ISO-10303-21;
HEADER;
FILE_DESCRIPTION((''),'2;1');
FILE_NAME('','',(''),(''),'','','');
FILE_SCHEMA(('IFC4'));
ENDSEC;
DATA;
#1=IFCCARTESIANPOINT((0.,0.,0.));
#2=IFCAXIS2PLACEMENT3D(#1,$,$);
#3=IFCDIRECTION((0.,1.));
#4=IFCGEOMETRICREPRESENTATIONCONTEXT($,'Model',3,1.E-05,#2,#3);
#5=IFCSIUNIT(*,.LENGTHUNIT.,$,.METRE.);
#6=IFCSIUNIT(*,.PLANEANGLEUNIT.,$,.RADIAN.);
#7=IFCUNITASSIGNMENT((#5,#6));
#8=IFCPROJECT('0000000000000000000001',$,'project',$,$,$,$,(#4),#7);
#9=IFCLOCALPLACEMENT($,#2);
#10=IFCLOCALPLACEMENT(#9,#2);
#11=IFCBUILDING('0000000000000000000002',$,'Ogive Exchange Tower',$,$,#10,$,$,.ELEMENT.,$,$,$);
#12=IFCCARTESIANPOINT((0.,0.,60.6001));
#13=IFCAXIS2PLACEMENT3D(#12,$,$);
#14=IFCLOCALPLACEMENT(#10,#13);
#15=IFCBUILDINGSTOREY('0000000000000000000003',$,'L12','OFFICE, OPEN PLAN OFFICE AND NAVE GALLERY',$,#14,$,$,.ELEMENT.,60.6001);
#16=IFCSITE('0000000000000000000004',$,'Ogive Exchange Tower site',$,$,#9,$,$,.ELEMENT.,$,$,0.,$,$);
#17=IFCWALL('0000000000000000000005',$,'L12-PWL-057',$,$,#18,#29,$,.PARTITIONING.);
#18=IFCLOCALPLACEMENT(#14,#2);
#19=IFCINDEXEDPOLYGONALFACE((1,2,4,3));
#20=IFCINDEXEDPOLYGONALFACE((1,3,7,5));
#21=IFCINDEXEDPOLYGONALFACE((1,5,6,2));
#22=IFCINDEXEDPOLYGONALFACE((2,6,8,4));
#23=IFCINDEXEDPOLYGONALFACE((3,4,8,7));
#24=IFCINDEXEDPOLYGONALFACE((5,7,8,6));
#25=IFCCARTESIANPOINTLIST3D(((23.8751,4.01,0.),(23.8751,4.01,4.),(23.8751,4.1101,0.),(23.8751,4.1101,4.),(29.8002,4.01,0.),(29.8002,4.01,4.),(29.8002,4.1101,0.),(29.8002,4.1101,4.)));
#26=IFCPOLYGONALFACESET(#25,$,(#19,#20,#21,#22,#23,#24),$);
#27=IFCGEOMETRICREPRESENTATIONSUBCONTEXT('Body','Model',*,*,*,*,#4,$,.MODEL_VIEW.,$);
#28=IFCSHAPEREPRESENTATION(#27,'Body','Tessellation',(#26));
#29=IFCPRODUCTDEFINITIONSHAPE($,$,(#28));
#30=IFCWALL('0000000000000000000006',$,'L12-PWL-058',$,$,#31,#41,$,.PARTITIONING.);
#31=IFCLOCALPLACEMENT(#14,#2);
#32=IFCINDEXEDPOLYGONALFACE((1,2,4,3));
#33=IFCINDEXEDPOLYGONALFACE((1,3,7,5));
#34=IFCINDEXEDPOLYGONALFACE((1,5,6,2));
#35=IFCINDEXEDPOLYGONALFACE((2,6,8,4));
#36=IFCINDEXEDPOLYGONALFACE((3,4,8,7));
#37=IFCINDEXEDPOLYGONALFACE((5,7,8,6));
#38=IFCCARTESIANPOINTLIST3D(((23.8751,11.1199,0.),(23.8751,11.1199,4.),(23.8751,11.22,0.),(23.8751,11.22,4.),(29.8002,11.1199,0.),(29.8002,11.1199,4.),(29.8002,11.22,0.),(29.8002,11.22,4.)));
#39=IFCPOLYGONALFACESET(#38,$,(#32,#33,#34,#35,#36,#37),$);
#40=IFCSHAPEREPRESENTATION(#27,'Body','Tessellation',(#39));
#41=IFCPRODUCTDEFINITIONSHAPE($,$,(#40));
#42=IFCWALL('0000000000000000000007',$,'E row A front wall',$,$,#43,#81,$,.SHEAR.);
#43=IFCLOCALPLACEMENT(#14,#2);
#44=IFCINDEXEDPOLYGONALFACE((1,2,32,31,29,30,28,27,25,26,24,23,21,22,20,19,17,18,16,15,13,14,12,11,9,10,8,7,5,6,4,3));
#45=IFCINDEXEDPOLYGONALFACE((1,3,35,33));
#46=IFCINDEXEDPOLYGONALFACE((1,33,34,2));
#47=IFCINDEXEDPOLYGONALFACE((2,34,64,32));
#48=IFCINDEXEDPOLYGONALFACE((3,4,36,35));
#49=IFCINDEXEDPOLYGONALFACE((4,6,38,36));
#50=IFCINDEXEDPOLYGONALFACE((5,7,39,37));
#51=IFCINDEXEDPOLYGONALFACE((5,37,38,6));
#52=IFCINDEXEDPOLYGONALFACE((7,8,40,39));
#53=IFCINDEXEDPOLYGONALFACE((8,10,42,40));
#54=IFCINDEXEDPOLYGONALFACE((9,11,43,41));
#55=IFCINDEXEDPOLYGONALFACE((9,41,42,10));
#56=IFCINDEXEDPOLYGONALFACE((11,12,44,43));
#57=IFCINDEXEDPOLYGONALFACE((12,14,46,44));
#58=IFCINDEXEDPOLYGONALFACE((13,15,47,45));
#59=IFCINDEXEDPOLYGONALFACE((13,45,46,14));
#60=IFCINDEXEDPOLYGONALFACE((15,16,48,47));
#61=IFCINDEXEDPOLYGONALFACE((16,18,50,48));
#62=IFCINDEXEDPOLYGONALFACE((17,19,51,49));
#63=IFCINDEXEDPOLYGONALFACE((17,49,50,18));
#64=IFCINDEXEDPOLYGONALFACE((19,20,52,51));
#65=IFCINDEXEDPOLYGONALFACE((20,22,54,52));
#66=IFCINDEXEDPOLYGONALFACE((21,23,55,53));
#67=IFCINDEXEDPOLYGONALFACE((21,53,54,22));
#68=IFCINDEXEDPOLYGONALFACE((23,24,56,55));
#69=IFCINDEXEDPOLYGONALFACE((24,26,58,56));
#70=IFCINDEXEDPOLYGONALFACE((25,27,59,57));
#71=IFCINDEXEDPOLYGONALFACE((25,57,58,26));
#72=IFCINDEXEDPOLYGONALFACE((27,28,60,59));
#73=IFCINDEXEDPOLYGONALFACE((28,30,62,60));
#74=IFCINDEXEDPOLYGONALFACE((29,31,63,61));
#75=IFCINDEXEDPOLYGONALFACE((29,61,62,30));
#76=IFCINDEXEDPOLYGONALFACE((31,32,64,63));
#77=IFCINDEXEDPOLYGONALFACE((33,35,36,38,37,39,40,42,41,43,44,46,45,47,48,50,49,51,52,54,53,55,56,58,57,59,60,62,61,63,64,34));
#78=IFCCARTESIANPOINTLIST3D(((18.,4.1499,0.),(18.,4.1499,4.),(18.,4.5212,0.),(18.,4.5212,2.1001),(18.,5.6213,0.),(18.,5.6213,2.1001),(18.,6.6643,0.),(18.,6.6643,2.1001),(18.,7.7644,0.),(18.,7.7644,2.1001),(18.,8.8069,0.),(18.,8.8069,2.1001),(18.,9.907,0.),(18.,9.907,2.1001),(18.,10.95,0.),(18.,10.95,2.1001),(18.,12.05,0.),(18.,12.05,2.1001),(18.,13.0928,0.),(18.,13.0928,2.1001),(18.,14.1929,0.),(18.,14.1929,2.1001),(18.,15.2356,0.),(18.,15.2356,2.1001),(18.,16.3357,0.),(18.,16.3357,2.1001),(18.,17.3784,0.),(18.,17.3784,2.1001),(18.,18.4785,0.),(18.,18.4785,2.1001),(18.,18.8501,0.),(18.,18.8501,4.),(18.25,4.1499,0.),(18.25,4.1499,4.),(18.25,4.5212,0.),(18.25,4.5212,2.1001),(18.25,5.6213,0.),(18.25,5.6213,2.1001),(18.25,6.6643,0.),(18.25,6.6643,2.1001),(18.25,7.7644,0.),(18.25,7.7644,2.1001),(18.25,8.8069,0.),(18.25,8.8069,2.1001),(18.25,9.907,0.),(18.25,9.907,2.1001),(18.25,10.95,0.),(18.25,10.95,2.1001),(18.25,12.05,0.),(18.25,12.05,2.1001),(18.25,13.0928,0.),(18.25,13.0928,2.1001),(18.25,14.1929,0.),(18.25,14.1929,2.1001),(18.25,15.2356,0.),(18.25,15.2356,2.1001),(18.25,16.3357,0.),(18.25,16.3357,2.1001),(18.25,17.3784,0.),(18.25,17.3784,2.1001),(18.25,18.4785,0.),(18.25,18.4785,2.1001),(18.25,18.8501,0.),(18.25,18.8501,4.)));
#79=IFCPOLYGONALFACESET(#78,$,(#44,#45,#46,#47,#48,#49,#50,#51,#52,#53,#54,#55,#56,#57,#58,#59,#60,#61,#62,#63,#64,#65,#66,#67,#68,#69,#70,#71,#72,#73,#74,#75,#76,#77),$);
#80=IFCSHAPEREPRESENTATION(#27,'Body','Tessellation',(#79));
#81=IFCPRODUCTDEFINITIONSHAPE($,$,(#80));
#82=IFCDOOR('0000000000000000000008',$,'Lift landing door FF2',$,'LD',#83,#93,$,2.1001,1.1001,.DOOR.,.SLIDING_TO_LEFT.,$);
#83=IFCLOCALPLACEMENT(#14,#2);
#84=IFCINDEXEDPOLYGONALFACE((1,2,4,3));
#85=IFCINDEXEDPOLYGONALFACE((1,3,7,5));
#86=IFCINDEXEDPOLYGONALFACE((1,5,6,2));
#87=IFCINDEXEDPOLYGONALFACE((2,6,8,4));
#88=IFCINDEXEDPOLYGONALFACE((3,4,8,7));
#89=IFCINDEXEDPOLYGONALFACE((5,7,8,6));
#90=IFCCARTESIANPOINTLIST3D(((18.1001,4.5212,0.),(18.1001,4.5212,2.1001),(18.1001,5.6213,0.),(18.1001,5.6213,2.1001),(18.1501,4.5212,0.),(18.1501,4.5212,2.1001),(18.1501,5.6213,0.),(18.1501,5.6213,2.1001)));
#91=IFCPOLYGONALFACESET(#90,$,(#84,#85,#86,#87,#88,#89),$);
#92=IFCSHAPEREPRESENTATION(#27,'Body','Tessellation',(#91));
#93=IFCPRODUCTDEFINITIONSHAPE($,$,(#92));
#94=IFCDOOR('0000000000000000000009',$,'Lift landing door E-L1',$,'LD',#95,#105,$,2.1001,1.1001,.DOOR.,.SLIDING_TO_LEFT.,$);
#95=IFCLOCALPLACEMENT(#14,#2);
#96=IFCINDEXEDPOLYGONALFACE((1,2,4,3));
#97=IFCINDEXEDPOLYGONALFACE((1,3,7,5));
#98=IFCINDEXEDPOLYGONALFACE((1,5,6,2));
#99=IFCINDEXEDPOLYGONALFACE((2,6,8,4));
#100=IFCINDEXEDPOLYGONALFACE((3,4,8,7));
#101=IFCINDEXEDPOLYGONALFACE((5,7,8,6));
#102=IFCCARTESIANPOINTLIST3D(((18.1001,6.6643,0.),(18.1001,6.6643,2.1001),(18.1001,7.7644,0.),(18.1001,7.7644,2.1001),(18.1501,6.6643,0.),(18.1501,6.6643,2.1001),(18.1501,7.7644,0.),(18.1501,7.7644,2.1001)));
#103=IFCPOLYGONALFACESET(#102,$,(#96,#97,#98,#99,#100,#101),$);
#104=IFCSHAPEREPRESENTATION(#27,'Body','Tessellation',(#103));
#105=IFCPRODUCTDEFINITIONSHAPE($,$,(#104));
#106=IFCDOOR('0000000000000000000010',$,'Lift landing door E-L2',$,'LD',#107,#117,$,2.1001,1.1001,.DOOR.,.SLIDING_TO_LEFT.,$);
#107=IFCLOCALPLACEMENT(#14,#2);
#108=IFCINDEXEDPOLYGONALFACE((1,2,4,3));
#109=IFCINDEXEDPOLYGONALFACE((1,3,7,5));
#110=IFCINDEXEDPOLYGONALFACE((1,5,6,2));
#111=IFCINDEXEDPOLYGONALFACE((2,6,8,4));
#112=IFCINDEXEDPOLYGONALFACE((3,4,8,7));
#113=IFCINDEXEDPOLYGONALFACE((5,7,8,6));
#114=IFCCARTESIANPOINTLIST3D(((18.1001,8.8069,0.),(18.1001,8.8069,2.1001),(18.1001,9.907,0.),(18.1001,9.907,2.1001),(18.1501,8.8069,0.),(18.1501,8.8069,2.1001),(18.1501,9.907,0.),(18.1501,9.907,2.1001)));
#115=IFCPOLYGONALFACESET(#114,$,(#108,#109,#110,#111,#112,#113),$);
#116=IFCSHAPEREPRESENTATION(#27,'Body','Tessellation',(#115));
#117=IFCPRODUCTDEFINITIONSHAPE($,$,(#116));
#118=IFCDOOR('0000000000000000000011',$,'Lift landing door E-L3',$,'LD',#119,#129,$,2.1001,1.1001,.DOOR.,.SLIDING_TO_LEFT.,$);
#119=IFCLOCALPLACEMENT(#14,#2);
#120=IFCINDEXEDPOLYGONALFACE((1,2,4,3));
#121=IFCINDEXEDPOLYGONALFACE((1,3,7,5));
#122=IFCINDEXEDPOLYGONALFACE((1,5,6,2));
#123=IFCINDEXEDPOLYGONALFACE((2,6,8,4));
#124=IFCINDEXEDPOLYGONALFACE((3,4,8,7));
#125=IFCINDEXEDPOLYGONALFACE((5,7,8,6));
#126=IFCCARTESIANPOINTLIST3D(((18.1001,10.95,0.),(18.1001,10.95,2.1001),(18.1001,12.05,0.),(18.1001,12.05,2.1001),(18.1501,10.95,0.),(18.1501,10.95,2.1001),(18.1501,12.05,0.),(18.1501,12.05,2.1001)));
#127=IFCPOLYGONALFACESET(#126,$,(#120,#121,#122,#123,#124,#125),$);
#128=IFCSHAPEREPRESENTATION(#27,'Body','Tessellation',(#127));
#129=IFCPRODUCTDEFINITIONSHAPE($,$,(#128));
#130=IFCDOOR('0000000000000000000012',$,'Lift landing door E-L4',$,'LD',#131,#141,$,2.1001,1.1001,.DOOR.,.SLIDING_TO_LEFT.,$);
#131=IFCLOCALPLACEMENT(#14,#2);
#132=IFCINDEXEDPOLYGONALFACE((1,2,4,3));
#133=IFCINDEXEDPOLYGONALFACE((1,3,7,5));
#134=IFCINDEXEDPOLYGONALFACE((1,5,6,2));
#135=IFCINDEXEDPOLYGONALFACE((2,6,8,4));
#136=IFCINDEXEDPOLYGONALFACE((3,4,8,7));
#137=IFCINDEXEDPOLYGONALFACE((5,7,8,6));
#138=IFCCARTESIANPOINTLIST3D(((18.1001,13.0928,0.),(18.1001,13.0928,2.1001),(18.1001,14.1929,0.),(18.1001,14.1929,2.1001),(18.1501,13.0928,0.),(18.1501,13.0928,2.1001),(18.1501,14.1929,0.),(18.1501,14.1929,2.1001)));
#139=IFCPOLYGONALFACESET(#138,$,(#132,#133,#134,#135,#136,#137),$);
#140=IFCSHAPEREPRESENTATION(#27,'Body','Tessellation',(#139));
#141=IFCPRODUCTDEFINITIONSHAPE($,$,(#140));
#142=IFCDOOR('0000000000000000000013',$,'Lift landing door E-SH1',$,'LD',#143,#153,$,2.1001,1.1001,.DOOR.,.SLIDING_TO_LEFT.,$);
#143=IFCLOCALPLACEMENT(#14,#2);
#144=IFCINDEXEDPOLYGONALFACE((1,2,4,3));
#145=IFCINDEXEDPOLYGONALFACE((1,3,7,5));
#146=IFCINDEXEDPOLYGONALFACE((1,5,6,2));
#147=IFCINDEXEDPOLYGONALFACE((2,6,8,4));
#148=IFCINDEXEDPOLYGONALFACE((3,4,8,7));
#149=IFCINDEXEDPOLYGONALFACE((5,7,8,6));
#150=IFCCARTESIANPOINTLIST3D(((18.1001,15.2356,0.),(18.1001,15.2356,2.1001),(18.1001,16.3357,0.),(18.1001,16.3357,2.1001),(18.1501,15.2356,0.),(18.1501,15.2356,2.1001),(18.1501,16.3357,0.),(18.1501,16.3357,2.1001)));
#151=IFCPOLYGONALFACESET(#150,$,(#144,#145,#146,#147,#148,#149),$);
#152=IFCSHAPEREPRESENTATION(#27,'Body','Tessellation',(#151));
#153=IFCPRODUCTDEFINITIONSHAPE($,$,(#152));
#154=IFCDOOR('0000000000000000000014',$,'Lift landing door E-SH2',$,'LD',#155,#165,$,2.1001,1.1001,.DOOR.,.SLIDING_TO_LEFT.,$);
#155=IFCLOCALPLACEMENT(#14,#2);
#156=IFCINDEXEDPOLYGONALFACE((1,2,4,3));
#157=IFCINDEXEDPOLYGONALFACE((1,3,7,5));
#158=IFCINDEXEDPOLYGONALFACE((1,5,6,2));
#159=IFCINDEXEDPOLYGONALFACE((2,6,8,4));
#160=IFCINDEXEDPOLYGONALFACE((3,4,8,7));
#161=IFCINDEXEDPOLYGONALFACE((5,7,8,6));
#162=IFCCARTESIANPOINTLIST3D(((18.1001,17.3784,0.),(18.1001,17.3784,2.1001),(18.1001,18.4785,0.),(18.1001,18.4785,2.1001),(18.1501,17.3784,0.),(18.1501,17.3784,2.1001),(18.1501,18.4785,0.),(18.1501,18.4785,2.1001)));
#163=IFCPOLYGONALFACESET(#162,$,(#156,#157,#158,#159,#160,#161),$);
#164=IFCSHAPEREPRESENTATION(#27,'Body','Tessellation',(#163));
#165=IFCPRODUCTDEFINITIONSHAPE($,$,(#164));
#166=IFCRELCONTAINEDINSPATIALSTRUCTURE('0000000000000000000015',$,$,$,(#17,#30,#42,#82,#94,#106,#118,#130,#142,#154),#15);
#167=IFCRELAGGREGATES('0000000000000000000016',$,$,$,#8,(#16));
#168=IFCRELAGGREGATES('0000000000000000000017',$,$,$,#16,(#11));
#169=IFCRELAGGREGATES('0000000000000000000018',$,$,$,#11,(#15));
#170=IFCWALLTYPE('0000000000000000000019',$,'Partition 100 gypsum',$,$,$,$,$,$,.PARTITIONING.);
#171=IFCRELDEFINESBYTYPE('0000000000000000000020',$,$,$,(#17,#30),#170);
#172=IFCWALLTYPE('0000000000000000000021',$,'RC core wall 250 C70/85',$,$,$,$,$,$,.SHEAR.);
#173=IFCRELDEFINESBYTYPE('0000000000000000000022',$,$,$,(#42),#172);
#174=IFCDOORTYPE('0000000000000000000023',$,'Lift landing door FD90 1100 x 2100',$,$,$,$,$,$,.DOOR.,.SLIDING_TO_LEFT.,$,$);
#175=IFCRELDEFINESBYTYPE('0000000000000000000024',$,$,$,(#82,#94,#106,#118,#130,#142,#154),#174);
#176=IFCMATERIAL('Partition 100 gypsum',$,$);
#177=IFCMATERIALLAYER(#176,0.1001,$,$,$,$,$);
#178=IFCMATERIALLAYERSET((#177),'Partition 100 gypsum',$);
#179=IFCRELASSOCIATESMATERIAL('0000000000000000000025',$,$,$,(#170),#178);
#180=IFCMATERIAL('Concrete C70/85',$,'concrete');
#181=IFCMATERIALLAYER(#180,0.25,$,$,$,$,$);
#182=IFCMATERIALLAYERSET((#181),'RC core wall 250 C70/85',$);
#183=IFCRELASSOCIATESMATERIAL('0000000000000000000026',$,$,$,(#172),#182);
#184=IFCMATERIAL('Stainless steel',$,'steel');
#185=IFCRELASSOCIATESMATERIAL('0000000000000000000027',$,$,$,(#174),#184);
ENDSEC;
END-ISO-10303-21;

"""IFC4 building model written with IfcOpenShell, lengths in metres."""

from ifc_helpers import new_model, si_unit, direction, frame, frame_2d, origin, place, context, subcontext, project, spatial, rectangle, extrude, material, layer, layer_set, type_object, element, fill, save


model = new_model("IFC4")

# Units and contexts
model_context = context("Model", 3, precision=1e-05, world=origin(), true_north=direction((0.0, 1.0)))
body_context = subcontext(model_context, "Body", "Model", "MODEL_VIEW")
ifc_project = project(units=[si_unit("LENGTHUNIT", "METRE"), si_unit("PLANEANGLEUNIT", "RADIAN")], contexts=[model_context])

# Site, building, storey
site_placement = place(None, origin())
site = spatial("IfcSite", under=ifc_project, at=site_placement, Name="Ogive Exchange Tower site", CompositionType="ELEMENT", RefElevation=0.0)
building_placement = place(site_placement, origin())
building = spatial("IfcBuilding", under=site, at=building_placement, Name="Ogive Exchange Tower", CompositionType="ELEMENT")
storey_placement = place(building_placement, frame((0.0, 0.0, 60.6001)))
storey = spatial("IfcBuildingStorey", under=building, at=storey_placement, Name="L12", Description="OFFICE, OPEN PLAN OFFICE AND NAVE GALLERY", CompositionType="ELEMENT", Elevation=60.6001)

# Walls
ifc_material_1 = material(Name="Partition 100 gypsum")
ifc_layer_1 = layer(ifc_material_1, 0.1001)
ifc_layer_set_1 = layer_set([ifc_layer_1], Name="Partition 100 gypsum")
wall_type_1 = type_object("IfcWallType", Name="Partition 100 gypsum", PredefinedType="PARTITIONING", material=ifc_layer_set_1)
for number, where, z_axis, x_axis, name in (
    (1, (29.8, 4.0601, 0.0), (0.0, 0.0, 1.0), (-1.0, 0.0, 0.0), "L12-PWL-057"),
    (2, (29.8, 11.1699, 0.0), (0.0, 0.0, 1.0), (-1.0, 0.0, 0.0), "L12-PWL-058"),
):
    element("IfcWall", number, at=place(storey_placement, frame(where, z_axis=z_axis, x_axis=x_axis)), inside=storey, type_object=wall_type_1, Name=name, PredefinedType="PARTITIONING", context=body_context, shape_type="SweptSolid", body=[
        extrude(rectangle(XDim=5.925, YDim=0.1001, at=frame_2d((2.9624, 0.0))), origin(), (0.0, 0.0, 1.0), 4.0),
    ])

# Wall, openings, doors
ifc_material_2 = material(Name="Concrete C70/85", Category="concrete")
ifc_layer_2 = layer(ifc_material_2, 0.25)
ifc_layer_set_2 = layer_set([ifc_layer_2], Name="RC core wall 250 C70/85")
wall_type_2 = type_object("IfcWallType", Name="RC core wall 250 C70/85", PredefinedType="SHEAR", material=ifc_layer_set_2)
wall_1_placement = place(storey_placement, frame((18.125, 4.1499, 0.0), z_axis=(0.0, 0.0, 1.0), x_axis=(0.0, 1.0, 0.0)))
wall_1 = element("IfcWall", 3, at=wall_1_placement, inside=storey, type_object=wall_type_2, Name="E row A front wall", PredefinedType="SHEAR", context=body_context, shape_type="SweptSolid", body=[
    extrude(rectangle(XDim=14.7002, YDim=0.25, at=frame_2d((7.3501, 0.0))), origin(), (0.0, 0.0, 1.0), 4.0),
])
opening_1_placement = place(wall_1_placement, frame((0.3713, 0.0, 0.0)))
opening_1 = element("IfcOpeningElement", 4, at=opening_1_placement, cuts=wall_1, PredefinedType="OPENING", context=body_context, shape_type="SweptSolid", body=[
    extrude(rectangle(XDim=1.1001, YDim=2.1001, at=frame_2d((0.55, 1.05))), frame((0.0, 0.135, 0.0), z_axis=(0.0, -1.0, 0.0), x_axis=(1.0, 0.0, 0.0)), (0.0, 0.0, 1.0), 0.27),
])
opening_2_placement = place(wall_1_placement, frame((2.5144, 0.0, 0.0)))
opening_2 = element("IfcOpeningElement", 5, at=opening_2_placement, cuts=wall_1, PredefinedType="OPENING", context=body_context, shape_type="SweptSolid", body=[
    extrude(rectangle(XDim=1.1001, YDim=2.1001, at=frame_2d((0.55, 1.05))), frame((0.0, 0.135, 0.0), z_axis=(0.0, -1.0, 0.0), x_axis=(1.0, 0.0, 0.0)), (0.0, 0.0, 1.0), 0.27),
])
opening_3_placement = place(wall_1_placement, frame((4.657, 0.0, 0.0)))
opening_3 = element("IfcOpeningElement", 6, at=opening_3_placement, cuts=wall_1, PredefinedType="OPENING", context=body_context, shape_type="SweptSolid", body=[
    extrude(rectangle(XDim=1.1001, YDim=2.1001, at=frame_2d((0.55, 1.05))), frame((0.0, 0.135, 0.0), z_axis=(0.0, -1.0, 0.0), x_axis=(1.0, 0.0, 0.0)), (0.0, 0.0, 1.0), 0.27),
])
opening_4_placement = place(wall_1_placement, frame((6.8, 0.0, 0.0)))
opening_4 = element("IfcOpeningElement", 7, at=opening_4_placement, cuts=wall_1, PredefinedType="OPENING", context=body_context, shape_type="SweptSolid", body=[
    extrude(rectangle(XDim=1.1001, YDim=2.1001, at=frame_2d((0.55, 1.05))), frame((0.0, 0.135, 0.0), z_axis=(0.0, -1.0, 0.0), x_axis=(1.0, 0.0, 0.0)), (0.0, 0.0, 1.0), 0.27),
])
opening_5_placement = place(wall_1_placement, frame((8.9429, 0.0, 0.0)))
opening_5 = element("IfcOpeningElement", 8, at=opening_5_placement, cuts=wall_1, PredefinedType="OPENING", context=body_context, shape_type="SweptSolid", body=[
    extrude(rectangle(XDim=1.1001, YDim=2.1001, at=frame_2d((0.55, 1.05))), frame((0.0, 0.135, 0.0), z_axis=(0.0, -1.0, 0.0), x_axis=(1.0, 0.0, 0.0)), (0.0, 0.0, 1.0), 0.27),
])
opening_6_placement = place(wall_1_placement, frame((11.0857, 0.0, 0.0)))
opening_6 = element("IfcOpeningElement", 9, at=opening_6_placement, cuts=wall_1, PredefinedType="OPENING", context=body_context, shape_type="SweptSolid", body=[
    extrude(rectangle(XDim=1.1001, YDim=2.1001, at=frame_2d((0.55, 1.05))), frame((0.0, 0.135, 0.0), z_axis=(0.0, -1.0, 0.0), x_axis=(1.0, 0.0, 0.0)), (0.0, 0.0, 1.0), 0.27),
])
opening_7_placement = place(wall_1_placement, frame((13.2285, 0.0, 0.0)))
opening_7 = element("IfcOpeningElement", 10, at=opening_7_placement, cuts=wall_1, PredefinedType="OPENING", context=body_context, shape_type="SweptSolid", body=[
    extrude(rectangle(XDim=1.1001, YDim=2.1001, at=frame_2d((0.55, 1.05))), frame((0.0, 0.135, 0.0), z_axis=(0.0, -1.0, 0.0), x_axis=(1.0, 0.0, 0.0)), (0.0, 0.0, 1.0), 0.27),
])
ifc_material_3 = material(Name="Stainless steel", Category="steel")
door_type_1 = type_object("IfcDoorType", Name="Lift landing door FD90 1100 x 2100", OperationType="SLIDING_TO_LEFT", PredefinedType="DOOR", material=ifc_material_3)
door_1_placement = place(opening_1_placement, origin())
door_1 = element("IfcDoor", 11, at=door_1_placement, inside=storey, type_object=door_type_1, Name="Lift landing door FF2", ObjectType="LD", OperationType="SLIDING_TO_LEFT", OverallHeight=2.1001, OverallWidth=1.1001, PredefinedType="DOOR", context=body_context, shape_type="SweptSolid", body=[
    extrude(rectangle(XDim=1.1001, YDim=2.1001, at=frame_2d((0.55, 1.05))), frame((0.0, 0.0249, 0.0), z_axis=(0.0, -1.0, 0.0), x_axis=(1.0, 0.0, 0.0)), (0.0, 0.0, 1.0), 0.05),
])
fill(opening_1, door_1)
door_2_placement = place(opening_2_placement, origin())
door_2 = element("IfcDoor", 12, at=door_2_placement, inside=storey, type_object=door_type_1, Name="Lift landing door E-L1", ObjectType="LD", OperationType="SLIDING_TO_LEFT", OverallHeight=2.1001, OverallWidth=1.1001, PredefinedType="DOOR", context=body_context, shape_type="SweptSolid", body=[
    extrude(rectangle(XDim=1.1001, YDim=2.1001, at=frame_2d((0.55, 1.05))), frame((0.0, 0.0249, 0.0), z_axis=(0.0, -1.0, 0.0), x_axis=(1.0, 0.0, 0.0)), (0.0, 0.0, 1.0), 0.05),
])
fill(opening_2, door_2)
door_3_placement = place(opening_3_placement, origin())
door_3 = element("IfcDoor", 13, at=door_3_placement, inside=storey, type_object=door_type_1, Name="Lift landing door E-L2", ObjectType="LD", OperationType="SLIDING_TO_LEFT", OverallHeight=2.1001, OverallWidth=1.1001, PredefinedType="DOOR", context=body_context, shape_type="SweptSolid", body=[
    extrude(rectangle(XDim=1.1001, YDim=2.1001, at=frame_2d((0.55, 1.05))), frame((0.0, 0.0249, 0.0), z_axis=(0.0, -1.0, 0.0), x_axis=(1.0, 0.0, 0.0)), (0.0, 0.0, 1.0), 0.05),
])
fill(opening_3, door_3)
door_4_placement = place(opening_4_placement, origin())
door_4 = element("IfcDoor", 14, at=door_4_placement, inside=storey, type_object=door_type_1, Name="Lift landing door E-L3", ObjectType="LD", OperationType="SLIDING_TO_LEFT", OverallHeight=2.1001, OverallWidth=1.1001, PredefinedType="DOOR", context=body_context, shape_type="SweptSolid", body=[
    extrude(rectangle(XDim=1.1001, YDim=2.1001, at=frame_2d((0.55, 1.05))), frame((0.0, 0.0249, 0.0), z_axis=(0.0, -1.0, 0.0), x_axis=(1.0, 0.0, 0.0)), (0.0, 0.0, 1.0), 0.05),
])
fill(opening_4, door_4)
door_5_placement = place(opening_5_placement, origin())
door_5 = element("IfcDoor", 15, at=door_5_placement, inside=storey, type_object=door_type_1, Name="Lift landing door E-L4", ObjectType="LD", OperationType="SLIDING_TO_LEFT", OverallHeight=2.1001, OverallWidth=1.1001, PredefinedType="DOOR", context=body_context, shape_type="SweptSolid", body=[
    extrude(rectangle(XDim=1.1001, YDim=2.1001, at=frame_2d((0.55, 1.05))), frame((0.0, 0.0249, 0.0), z_axis=(0.0, -1.0, 0.0), x_axis=(1.0, 0.0, 0.0)), (0.0, 0.0, 1.0), 0.05),
])
fill(opening_5, door_5)
door_6_placement = place(opening_6_placement, origin())
door_6 = element("IfcDoor", 16, at=door_6_placement, inside=storey, type_object=door_type_1, Name="Lift landing door E-SH1", ObjectType="LD", OperationType="SLIDING_TO_LEFT", OverallHeight=2.1001, OverallWidth=1.1001, PredefinedType="DOOR", context=body_context, shape_type="SweptSolid", body=[
    extrude(rectangle(XDim=1.1001, YDim=2.1001, at=frame_2d((0.55, 1.05))), frame((0.0, 0.0249, 0.0), z_axis=(0.0, -1.0, 0.0), x_axis=(1.0, 0.0, 0.0)), (0.0, 0.0, 1.0), 0.05),
])
fill(opening_6, door_6)
door_7_placement = place(opening_7_placement, origin())
door_7 = element("IfcDoor", 17, at=door_7_placement, inside=storey, type_object=door_type_1, Name="Lift landing door E-SH2", ObjectType="LD", OperationType="SLIDING_TO_LEFT", OverallHeight=2.1001, OverallWidth=1.1001, PredefinedType="DOOR", context=body_context, shape_type="SweptSolid", body=[
    extrude(rectangle(XDim=1.1001, YDim=2.1001, at=frame_2d((0.55, 1.05))), frame((0.0, 0.0249, 0.0), z_axis=(0.0, -1.0, 0.0), x_axis=(1.0, 0.0, 0.0)), (0.0, 0.0, 1.0), 0.05),
])
fill(opening_7, door_7)

save(model, "model.ifc")
